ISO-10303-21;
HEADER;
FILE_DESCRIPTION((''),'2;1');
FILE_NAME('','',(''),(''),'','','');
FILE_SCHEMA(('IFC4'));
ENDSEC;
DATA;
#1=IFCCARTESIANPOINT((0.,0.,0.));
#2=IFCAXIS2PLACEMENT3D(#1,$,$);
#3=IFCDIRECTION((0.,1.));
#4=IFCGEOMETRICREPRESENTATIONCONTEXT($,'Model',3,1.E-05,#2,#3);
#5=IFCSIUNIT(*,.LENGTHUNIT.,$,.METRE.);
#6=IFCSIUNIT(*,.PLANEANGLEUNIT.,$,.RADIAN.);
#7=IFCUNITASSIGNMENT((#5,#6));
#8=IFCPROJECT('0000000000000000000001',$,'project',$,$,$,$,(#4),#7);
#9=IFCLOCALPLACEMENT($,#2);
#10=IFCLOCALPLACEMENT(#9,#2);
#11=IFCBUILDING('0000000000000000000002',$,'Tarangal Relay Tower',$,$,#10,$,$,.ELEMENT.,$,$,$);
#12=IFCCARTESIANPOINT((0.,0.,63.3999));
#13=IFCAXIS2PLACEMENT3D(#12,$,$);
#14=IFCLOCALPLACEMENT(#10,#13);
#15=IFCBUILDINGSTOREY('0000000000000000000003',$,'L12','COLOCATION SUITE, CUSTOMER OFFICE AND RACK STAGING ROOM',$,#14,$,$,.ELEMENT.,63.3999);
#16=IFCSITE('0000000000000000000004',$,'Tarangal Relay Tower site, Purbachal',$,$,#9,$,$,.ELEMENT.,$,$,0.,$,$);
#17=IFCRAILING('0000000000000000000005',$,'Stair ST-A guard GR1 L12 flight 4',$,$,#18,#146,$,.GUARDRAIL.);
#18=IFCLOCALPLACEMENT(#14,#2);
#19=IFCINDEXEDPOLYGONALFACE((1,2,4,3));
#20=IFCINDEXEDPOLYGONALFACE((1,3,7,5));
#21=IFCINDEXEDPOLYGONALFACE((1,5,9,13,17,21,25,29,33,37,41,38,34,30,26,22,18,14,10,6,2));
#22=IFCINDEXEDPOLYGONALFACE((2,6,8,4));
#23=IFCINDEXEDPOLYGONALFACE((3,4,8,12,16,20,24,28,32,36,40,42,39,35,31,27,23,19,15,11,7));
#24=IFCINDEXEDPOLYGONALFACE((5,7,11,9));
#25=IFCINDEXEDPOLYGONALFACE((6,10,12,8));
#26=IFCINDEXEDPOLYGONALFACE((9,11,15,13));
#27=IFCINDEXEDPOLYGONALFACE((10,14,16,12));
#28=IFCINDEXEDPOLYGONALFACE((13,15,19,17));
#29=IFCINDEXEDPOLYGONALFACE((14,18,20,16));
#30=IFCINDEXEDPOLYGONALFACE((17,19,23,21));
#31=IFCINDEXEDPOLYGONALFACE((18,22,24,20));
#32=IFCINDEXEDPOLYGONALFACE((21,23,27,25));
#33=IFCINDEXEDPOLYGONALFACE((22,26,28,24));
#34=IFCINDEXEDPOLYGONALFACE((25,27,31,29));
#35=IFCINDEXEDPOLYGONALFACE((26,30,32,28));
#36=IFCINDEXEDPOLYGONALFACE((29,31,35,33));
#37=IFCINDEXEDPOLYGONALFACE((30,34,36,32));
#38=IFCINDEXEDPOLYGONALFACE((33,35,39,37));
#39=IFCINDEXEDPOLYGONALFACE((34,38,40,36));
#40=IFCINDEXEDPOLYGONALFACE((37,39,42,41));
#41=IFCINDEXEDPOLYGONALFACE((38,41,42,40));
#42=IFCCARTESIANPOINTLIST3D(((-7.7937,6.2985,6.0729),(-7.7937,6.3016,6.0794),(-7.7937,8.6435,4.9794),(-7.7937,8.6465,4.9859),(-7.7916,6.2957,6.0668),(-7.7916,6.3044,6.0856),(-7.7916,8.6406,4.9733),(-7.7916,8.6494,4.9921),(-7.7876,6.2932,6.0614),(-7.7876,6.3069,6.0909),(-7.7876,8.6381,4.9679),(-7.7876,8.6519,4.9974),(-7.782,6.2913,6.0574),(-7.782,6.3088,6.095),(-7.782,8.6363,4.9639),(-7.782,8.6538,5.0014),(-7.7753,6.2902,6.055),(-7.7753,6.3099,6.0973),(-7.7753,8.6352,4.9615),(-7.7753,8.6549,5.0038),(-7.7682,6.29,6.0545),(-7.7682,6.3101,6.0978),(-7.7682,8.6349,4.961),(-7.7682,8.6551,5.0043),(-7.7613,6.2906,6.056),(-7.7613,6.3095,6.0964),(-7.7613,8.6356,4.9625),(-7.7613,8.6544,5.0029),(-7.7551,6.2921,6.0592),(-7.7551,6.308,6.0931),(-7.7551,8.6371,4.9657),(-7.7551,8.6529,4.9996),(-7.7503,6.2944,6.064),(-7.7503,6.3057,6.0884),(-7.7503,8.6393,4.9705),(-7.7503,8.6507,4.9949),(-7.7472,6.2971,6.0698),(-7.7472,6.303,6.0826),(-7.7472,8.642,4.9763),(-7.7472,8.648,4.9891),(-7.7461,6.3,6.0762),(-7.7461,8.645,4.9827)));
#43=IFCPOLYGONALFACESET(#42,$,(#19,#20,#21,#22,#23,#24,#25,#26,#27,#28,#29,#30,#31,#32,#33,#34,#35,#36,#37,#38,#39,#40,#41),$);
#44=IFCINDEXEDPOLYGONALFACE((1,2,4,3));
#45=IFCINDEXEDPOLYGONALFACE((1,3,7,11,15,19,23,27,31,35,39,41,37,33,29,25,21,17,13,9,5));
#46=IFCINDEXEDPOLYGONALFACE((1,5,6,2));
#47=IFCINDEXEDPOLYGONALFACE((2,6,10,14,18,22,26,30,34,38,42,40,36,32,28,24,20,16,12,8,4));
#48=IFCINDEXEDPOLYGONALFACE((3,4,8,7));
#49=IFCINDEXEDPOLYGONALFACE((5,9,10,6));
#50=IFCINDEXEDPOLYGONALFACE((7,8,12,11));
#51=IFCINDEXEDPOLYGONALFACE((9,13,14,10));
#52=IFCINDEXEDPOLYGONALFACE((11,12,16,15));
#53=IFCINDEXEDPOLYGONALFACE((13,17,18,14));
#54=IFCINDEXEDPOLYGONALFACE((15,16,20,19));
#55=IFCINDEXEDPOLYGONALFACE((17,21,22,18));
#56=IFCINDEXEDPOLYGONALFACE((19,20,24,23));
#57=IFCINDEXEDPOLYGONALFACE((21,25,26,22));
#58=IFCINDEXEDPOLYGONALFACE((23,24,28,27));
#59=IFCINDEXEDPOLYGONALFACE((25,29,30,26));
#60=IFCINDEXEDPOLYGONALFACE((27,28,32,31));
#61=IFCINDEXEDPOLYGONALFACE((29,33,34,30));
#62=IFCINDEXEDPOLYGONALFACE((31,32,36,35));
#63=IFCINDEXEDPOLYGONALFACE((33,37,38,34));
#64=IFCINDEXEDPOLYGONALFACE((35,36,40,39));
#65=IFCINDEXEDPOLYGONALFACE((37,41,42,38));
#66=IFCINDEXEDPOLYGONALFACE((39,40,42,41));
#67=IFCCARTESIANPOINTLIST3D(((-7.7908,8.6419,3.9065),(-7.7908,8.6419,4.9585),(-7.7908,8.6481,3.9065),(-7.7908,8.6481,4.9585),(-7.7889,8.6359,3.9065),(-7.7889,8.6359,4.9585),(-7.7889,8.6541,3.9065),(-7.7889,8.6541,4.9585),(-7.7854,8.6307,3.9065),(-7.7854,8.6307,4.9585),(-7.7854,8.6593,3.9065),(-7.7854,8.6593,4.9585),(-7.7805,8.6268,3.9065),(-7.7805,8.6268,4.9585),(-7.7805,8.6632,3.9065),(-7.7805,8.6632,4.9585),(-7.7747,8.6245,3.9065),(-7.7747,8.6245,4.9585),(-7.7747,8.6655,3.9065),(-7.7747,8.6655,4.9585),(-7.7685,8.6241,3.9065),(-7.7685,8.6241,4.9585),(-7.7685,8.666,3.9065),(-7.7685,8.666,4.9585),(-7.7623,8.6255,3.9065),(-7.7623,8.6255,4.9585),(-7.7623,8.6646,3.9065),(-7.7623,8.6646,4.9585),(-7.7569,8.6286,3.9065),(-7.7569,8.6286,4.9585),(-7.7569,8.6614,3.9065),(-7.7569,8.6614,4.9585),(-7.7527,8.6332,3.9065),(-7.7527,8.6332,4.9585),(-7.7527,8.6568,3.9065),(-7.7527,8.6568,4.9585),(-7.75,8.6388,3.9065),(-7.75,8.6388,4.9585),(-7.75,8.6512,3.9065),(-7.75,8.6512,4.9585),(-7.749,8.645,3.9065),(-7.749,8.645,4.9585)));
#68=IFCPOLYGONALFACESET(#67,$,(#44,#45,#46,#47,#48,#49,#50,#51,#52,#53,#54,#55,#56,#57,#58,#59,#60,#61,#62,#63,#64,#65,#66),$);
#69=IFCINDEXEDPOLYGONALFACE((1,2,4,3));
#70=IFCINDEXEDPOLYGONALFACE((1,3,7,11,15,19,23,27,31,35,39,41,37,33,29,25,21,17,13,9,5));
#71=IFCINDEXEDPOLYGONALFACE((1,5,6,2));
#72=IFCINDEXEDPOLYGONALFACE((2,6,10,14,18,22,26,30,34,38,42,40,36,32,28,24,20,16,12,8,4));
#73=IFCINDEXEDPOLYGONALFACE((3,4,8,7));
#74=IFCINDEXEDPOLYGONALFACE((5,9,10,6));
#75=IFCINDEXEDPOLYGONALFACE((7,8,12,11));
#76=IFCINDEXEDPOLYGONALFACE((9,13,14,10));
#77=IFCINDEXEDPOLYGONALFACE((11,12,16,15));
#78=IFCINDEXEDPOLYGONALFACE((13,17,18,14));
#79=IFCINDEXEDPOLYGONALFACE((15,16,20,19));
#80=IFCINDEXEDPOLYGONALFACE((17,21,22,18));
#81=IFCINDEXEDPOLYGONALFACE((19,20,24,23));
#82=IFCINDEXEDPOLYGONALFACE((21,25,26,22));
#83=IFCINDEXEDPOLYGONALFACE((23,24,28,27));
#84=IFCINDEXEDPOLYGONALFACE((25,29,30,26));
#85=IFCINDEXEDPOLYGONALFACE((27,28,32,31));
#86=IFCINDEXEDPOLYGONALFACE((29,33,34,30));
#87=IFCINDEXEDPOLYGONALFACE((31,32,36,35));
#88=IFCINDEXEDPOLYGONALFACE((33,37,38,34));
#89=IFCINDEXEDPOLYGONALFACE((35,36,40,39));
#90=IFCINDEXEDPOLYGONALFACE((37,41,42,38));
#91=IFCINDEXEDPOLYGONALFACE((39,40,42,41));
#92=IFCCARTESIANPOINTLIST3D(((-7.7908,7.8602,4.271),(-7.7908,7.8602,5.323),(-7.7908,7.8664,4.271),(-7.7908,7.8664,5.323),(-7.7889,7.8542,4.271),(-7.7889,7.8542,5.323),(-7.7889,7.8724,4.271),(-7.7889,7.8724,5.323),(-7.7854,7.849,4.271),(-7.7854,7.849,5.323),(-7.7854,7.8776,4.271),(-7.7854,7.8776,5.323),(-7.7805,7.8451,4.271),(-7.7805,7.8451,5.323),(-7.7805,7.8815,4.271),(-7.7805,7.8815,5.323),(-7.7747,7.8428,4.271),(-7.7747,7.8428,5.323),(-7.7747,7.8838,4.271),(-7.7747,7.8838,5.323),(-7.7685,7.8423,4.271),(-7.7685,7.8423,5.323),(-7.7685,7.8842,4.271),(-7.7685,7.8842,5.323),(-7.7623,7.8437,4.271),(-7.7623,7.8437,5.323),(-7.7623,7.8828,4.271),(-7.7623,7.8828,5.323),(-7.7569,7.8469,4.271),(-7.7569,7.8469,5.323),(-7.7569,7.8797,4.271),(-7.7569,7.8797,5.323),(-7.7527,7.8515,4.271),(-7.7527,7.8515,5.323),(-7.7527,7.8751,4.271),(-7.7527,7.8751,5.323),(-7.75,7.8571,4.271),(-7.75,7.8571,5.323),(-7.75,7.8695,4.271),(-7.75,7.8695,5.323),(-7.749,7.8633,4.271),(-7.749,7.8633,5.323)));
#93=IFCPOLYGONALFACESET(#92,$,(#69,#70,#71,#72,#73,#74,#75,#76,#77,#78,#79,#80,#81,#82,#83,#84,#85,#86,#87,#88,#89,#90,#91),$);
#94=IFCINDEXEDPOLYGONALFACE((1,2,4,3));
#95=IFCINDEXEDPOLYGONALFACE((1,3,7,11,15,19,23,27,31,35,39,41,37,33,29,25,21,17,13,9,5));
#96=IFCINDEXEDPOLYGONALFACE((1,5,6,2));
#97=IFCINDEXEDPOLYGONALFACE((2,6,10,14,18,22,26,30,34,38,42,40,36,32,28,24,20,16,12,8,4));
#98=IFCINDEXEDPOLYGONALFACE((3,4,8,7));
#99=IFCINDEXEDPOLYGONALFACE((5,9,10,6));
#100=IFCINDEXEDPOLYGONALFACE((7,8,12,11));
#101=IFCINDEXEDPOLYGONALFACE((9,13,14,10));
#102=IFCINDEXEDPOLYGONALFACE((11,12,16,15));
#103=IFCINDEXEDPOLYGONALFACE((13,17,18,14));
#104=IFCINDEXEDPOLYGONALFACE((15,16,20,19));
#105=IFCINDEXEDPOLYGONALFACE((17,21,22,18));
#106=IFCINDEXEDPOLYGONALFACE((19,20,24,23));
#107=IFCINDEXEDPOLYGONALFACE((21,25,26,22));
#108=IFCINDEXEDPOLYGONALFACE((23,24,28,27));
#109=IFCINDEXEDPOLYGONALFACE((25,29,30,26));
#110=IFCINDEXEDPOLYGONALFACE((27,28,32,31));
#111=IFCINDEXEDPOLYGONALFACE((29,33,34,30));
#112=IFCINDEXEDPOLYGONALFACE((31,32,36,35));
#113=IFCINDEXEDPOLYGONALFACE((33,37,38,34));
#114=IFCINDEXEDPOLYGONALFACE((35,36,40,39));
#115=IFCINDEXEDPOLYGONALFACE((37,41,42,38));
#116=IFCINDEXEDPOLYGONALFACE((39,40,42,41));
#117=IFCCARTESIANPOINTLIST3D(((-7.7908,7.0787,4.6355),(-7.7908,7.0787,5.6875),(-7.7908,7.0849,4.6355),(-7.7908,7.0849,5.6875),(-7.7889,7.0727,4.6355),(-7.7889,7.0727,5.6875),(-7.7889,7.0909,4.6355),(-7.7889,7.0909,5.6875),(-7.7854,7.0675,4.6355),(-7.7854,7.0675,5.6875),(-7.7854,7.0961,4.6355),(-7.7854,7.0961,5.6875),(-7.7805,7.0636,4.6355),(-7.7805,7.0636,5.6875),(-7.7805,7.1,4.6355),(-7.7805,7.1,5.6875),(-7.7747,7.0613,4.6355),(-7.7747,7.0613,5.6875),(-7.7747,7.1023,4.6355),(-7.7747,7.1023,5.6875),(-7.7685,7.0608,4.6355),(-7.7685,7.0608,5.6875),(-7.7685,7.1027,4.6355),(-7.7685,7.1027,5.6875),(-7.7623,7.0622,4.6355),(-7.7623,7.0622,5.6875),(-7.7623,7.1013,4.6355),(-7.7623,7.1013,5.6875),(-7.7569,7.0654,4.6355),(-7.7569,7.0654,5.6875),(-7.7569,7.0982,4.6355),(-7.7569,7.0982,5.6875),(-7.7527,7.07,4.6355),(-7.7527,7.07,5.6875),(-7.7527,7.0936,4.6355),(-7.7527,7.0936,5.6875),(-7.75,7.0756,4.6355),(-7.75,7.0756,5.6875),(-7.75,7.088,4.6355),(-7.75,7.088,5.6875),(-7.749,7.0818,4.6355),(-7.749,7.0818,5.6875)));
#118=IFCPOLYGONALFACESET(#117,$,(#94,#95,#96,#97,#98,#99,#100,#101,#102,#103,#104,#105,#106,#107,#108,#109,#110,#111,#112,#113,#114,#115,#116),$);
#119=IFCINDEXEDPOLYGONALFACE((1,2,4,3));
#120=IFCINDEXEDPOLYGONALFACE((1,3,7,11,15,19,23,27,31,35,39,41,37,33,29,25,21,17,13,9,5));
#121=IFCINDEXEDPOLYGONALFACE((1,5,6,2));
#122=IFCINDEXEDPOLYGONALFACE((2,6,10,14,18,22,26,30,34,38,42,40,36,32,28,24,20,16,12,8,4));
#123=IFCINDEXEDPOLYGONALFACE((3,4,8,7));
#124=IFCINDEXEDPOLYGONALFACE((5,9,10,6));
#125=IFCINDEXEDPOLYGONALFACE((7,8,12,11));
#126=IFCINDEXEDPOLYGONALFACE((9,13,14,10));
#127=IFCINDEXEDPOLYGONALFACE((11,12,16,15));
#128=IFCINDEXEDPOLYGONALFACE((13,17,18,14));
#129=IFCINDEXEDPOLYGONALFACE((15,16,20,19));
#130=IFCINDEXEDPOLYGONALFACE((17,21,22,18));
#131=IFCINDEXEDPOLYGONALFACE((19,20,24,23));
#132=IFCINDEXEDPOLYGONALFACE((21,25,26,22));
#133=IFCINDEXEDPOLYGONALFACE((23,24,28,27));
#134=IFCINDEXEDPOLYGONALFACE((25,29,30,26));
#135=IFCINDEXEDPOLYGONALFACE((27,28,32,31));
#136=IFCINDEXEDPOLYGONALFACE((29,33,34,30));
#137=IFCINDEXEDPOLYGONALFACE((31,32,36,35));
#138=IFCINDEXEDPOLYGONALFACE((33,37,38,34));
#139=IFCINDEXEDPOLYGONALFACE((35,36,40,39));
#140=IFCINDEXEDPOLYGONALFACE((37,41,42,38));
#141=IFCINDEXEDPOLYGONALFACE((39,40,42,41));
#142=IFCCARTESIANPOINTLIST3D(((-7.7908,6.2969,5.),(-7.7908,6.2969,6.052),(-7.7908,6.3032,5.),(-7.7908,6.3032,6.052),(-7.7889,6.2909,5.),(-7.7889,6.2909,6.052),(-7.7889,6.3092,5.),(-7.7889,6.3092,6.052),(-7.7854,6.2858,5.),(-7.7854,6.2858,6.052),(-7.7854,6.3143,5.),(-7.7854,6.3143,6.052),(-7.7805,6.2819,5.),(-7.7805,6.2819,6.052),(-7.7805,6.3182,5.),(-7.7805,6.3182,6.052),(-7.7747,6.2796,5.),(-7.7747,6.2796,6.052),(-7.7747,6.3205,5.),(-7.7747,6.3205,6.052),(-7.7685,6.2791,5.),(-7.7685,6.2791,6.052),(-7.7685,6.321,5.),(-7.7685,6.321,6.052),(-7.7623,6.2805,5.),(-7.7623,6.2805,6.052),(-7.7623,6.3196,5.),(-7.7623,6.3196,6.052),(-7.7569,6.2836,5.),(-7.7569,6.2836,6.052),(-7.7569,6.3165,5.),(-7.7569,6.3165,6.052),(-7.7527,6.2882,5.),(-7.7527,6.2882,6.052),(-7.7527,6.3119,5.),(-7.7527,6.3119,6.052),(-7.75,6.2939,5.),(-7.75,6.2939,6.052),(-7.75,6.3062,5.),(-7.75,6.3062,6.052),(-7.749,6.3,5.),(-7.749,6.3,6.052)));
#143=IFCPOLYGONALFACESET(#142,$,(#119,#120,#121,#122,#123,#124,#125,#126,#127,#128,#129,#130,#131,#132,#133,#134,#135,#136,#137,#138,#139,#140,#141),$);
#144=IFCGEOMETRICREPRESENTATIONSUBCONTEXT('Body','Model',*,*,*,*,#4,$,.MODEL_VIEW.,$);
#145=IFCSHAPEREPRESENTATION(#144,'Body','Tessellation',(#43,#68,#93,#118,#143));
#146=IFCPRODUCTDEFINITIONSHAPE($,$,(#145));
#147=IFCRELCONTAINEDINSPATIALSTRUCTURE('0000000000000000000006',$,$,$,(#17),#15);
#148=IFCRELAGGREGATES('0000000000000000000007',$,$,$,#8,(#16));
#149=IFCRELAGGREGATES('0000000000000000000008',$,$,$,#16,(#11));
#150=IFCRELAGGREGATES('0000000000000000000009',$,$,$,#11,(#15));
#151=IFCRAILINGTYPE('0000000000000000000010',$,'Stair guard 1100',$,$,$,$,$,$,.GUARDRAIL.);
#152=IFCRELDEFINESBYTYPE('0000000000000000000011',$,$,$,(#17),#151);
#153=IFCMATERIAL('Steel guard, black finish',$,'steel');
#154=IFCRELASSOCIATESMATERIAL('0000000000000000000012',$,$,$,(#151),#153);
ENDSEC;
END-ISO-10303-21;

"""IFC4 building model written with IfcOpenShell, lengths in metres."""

from ifc_helpers import new_model, si_unit, direction, frame, origin, origin_2d, place, context, subcontext, project, spatial, circle, extrude, material, type_object, element, save


model = new_model("IFC4")

# Units and contexts
model_context = context("Model", 3, precision=1e-05, world=origin(), true_north=direction((0.0, 1.0)))
body_context = subcontext(model_context, "Body", "Model", "MODEL_VIEW")
ifc_project = project(units=[si_unit("LENGTHUNIT", "METRE"), si_unit("PLANEANGLEUNIT", "RADIAN")], contexts=[model_context])

# Site, building, storey
site_placement = place(None, origin())
site = spatial("IfcSite", under=ifc_project, at=site_placement, Name="Tarangal Relay Tower site, Purbachal", CompositionType="ELEMENT", RefElevation=0.0)
building_placement = place(site_placement, origin())
building = spatial("IfcBuilding", under=site, at=building_placement, Name="Tarangal Relay Tower", CompositionType="ELEMENT")
storey_placement = place(building_placement, frame((0.0, 0.0, 63.3999)))
storey = spatial("IfcBuildingStorey", under=building, at=storey_placement, Name="L12", Description="COLOCATION SUITE, CUSTOMER OFFICE AND RACK STAGING ROOM", CompositionType="ELEMENT", Elevation=63.3999)

# Railing
ifc_material_1 = material(Name="Steel guard, black finish", Category="steel")
railing_type_1 = type_object("IfcRailingType", Name="Stair guard 1100", PredefinedType="GUARDRAIL", material=ifc_material_1)
for number, where, name in (
    (1, (-7.77, 8.645, 3.9065), "Stair ST-A guard GR1 L12 flight 4"),
):
    element("IfcRailing", number, at=place(storey_placement, frame(where)), inside=storey, type_object=railing_type_1, Name=name, PredefinedType="GUARDRAIL", context=body_context, shape_type="SweptSolid", body=[
        extrude(circle(Radius=0.0239, at=origin_2d()), frame((0.0, 0.0, 1.0762), z_axis=(0.0, -0.906304, 0.422627), x_axis=(1.0, 0.0, 0.0)), (0.0, 0.0, 1.0), 2.5874),
        extrude(circle(Radius=0.021, at=origin_2d()), origin(), (0.0, 0.0, 1.0), 1.052),
        extrude(circle(Radius=0.021, at=origin_2d()), frame((0.0, -0.7817, 0.3645)), (0.0, 0.0, 1.0), 1.052),
        extrude(circle(Radius=0.021, at=origin_2d()), frame((0.0, -1.5632, 0.729)), (0.0, 0.0, 1.0), 1.052),
        extrude(circle(Radius=0.021, at=origin_2d()), frame((0.0, -2.345, 1.0935)), (0.0, 0.0, 1.0), 1.052),
    ])

save(model, "model.ifc")
